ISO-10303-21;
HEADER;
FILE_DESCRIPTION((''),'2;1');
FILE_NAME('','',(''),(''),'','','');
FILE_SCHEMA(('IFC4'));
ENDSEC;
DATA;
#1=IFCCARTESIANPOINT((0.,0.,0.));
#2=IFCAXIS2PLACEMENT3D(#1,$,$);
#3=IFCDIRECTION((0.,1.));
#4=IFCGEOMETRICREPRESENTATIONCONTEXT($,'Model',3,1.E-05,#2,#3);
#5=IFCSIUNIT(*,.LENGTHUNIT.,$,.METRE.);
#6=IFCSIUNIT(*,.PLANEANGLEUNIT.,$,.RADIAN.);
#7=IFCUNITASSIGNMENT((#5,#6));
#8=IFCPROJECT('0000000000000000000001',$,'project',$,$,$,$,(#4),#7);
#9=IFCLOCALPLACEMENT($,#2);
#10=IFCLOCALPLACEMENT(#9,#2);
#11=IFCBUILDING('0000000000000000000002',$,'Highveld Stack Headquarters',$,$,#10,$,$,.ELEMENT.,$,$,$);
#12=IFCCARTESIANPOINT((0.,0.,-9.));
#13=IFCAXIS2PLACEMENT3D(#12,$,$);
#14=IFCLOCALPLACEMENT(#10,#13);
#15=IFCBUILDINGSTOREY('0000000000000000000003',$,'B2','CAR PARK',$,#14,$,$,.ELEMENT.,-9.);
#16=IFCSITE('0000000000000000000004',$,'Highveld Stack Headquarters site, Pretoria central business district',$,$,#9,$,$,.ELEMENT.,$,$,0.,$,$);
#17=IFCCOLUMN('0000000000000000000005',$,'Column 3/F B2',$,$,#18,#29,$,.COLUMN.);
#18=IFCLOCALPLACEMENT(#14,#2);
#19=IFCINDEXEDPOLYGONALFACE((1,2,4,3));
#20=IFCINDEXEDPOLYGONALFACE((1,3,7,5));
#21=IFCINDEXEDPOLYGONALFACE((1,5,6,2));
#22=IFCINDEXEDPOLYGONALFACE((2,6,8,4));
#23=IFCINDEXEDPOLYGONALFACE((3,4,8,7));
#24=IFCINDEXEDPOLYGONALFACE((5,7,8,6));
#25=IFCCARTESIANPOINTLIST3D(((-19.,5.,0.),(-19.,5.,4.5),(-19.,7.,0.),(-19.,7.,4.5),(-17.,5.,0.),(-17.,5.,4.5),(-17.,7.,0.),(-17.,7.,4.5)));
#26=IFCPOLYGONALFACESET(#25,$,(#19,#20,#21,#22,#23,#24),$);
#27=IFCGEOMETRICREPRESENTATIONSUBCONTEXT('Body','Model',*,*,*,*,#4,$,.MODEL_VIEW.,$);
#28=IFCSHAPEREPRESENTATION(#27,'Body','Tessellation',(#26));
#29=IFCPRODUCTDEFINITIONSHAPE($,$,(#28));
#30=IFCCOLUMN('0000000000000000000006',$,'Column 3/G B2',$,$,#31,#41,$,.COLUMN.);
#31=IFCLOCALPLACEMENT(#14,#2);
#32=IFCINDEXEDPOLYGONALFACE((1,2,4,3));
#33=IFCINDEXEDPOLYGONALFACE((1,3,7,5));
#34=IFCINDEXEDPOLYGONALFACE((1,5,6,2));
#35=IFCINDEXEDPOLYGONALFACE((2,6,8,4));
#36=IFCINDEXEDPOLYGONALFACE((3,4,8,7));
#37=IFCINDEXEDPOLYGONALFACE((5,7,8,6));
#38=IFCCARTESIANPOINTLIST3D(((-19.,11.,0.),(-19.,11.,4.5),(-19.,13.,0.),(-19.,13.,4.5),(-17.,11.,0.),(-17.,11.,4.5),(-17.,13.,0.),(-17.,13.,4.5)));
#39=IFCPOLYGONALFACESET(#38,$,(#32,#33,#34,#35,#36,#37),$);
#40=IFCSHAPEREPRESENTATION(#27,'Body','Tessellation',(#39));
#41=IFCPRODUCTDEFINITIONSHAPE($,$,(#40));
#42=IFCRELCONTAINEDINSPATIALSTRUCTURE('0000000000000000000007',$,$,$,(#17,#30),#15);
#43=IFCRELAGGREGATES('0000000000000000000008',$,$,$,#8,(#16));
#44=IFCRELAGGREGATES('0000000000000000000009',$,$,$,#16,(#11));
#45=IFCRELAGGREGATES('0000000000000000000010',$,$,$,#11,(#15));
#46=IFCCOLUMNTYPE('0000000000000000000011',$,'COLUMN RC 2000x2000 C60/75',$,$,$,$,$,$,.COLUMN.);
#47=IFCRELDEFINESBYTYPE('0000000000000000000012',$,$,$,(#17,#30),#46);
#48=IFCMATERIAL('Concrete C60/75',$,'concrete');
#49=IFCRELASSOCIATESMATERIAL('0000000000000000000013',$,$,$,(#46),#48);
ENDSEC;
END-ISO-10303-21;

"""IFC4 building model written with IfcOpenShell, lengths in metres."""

from ifc_helpers import new_model, si_unit, direction, frame, origin, origin_2d, place, context, subcontext, project, spatial, rectangle, extrude, material, material_profile, profile_set, type_object, element, save


model = new_model("IFC4")

# Units and contexts
model_context = context("Model", 3, precision=1e-05, world=origin(), true_north=direction((0.0, 1.0)))
body_context = subcontext(model_context, "Body", "Model", "MODEL_VIEW")
ifc_project = project(units=[si_unit("LENGTHUNIT", "METRE"), si_unit("PLANEANGLEUNIT", "RADIAN")], contexts=[model_context])

# Site, building, storey
site_placement = place(None, origin())
site = spatial("IfcSite", under=ifc_project, at=site_placement, Name="Highveld Stack Headquarters site, Pretoria central business district", CompositionType="ELEMENT", RefElevation=0.0)
building_placement = place(site_placement, origin())
building = spatial("IfcBuilding", under=site, at=building_placement, Name="Highveld Stack Headquarters", CompositionType="ELEMENT")
storey_placement = place(building_placement, frame((0.0, 0.0, -9.0)))
storey = spatial("IfcBuildingStorey", under=building, at=storey_placement, Name="B2", Description="CAR PARK", CompositionType="ELEMENT", Elevation=-9.0)

# Columns
ifc_material_1 = material(Name="Concrete C60/75", Category="concrete")
ifc_material_profile = material_profile(ifc_material_1, rectangle(XDim=2.0, YDim=2.0, at=origin_2d()), Name="RC 2000x2000")
ifc_profile_set = profile_set([ifc_material_profile], Name="Concrete C60/75")
column_type = type_object("IfcColumnType", Name="COLUMN RC 2000x2000 C60/75", PredefinedType="COLUMN", material=ifc_profile_set)
for number, where, z_axis, x_axis, name in (
    (1, (-18.0, 6.0, 0.0), (0.0, 0.0, 1.0), (1.0, 0.0, 0.0), "Column 3/F B2"),
    (2, (-18.0, 12.0, 0.0), (0.0, 0.0, 1.0), (1.0, 0.0, 0.0), "Column 3/G B2"),
):
    element("IfcColumn", number, at=place(storey_placement, frame(where, z_axis=z_axis, x_axis=x_axis)), inside=storey, type_object=column_type, Name=name, PredefinedType="COLUMN", context=body_context, shape_type="SweptSolid", body=[
        extrude(rectangle(XDim=2.0, YDim=2.0, at=origin_2d()), origin(), (0.0, 0.0, 1.0), 4.5),
    ])

save(model, "model.ifc")
